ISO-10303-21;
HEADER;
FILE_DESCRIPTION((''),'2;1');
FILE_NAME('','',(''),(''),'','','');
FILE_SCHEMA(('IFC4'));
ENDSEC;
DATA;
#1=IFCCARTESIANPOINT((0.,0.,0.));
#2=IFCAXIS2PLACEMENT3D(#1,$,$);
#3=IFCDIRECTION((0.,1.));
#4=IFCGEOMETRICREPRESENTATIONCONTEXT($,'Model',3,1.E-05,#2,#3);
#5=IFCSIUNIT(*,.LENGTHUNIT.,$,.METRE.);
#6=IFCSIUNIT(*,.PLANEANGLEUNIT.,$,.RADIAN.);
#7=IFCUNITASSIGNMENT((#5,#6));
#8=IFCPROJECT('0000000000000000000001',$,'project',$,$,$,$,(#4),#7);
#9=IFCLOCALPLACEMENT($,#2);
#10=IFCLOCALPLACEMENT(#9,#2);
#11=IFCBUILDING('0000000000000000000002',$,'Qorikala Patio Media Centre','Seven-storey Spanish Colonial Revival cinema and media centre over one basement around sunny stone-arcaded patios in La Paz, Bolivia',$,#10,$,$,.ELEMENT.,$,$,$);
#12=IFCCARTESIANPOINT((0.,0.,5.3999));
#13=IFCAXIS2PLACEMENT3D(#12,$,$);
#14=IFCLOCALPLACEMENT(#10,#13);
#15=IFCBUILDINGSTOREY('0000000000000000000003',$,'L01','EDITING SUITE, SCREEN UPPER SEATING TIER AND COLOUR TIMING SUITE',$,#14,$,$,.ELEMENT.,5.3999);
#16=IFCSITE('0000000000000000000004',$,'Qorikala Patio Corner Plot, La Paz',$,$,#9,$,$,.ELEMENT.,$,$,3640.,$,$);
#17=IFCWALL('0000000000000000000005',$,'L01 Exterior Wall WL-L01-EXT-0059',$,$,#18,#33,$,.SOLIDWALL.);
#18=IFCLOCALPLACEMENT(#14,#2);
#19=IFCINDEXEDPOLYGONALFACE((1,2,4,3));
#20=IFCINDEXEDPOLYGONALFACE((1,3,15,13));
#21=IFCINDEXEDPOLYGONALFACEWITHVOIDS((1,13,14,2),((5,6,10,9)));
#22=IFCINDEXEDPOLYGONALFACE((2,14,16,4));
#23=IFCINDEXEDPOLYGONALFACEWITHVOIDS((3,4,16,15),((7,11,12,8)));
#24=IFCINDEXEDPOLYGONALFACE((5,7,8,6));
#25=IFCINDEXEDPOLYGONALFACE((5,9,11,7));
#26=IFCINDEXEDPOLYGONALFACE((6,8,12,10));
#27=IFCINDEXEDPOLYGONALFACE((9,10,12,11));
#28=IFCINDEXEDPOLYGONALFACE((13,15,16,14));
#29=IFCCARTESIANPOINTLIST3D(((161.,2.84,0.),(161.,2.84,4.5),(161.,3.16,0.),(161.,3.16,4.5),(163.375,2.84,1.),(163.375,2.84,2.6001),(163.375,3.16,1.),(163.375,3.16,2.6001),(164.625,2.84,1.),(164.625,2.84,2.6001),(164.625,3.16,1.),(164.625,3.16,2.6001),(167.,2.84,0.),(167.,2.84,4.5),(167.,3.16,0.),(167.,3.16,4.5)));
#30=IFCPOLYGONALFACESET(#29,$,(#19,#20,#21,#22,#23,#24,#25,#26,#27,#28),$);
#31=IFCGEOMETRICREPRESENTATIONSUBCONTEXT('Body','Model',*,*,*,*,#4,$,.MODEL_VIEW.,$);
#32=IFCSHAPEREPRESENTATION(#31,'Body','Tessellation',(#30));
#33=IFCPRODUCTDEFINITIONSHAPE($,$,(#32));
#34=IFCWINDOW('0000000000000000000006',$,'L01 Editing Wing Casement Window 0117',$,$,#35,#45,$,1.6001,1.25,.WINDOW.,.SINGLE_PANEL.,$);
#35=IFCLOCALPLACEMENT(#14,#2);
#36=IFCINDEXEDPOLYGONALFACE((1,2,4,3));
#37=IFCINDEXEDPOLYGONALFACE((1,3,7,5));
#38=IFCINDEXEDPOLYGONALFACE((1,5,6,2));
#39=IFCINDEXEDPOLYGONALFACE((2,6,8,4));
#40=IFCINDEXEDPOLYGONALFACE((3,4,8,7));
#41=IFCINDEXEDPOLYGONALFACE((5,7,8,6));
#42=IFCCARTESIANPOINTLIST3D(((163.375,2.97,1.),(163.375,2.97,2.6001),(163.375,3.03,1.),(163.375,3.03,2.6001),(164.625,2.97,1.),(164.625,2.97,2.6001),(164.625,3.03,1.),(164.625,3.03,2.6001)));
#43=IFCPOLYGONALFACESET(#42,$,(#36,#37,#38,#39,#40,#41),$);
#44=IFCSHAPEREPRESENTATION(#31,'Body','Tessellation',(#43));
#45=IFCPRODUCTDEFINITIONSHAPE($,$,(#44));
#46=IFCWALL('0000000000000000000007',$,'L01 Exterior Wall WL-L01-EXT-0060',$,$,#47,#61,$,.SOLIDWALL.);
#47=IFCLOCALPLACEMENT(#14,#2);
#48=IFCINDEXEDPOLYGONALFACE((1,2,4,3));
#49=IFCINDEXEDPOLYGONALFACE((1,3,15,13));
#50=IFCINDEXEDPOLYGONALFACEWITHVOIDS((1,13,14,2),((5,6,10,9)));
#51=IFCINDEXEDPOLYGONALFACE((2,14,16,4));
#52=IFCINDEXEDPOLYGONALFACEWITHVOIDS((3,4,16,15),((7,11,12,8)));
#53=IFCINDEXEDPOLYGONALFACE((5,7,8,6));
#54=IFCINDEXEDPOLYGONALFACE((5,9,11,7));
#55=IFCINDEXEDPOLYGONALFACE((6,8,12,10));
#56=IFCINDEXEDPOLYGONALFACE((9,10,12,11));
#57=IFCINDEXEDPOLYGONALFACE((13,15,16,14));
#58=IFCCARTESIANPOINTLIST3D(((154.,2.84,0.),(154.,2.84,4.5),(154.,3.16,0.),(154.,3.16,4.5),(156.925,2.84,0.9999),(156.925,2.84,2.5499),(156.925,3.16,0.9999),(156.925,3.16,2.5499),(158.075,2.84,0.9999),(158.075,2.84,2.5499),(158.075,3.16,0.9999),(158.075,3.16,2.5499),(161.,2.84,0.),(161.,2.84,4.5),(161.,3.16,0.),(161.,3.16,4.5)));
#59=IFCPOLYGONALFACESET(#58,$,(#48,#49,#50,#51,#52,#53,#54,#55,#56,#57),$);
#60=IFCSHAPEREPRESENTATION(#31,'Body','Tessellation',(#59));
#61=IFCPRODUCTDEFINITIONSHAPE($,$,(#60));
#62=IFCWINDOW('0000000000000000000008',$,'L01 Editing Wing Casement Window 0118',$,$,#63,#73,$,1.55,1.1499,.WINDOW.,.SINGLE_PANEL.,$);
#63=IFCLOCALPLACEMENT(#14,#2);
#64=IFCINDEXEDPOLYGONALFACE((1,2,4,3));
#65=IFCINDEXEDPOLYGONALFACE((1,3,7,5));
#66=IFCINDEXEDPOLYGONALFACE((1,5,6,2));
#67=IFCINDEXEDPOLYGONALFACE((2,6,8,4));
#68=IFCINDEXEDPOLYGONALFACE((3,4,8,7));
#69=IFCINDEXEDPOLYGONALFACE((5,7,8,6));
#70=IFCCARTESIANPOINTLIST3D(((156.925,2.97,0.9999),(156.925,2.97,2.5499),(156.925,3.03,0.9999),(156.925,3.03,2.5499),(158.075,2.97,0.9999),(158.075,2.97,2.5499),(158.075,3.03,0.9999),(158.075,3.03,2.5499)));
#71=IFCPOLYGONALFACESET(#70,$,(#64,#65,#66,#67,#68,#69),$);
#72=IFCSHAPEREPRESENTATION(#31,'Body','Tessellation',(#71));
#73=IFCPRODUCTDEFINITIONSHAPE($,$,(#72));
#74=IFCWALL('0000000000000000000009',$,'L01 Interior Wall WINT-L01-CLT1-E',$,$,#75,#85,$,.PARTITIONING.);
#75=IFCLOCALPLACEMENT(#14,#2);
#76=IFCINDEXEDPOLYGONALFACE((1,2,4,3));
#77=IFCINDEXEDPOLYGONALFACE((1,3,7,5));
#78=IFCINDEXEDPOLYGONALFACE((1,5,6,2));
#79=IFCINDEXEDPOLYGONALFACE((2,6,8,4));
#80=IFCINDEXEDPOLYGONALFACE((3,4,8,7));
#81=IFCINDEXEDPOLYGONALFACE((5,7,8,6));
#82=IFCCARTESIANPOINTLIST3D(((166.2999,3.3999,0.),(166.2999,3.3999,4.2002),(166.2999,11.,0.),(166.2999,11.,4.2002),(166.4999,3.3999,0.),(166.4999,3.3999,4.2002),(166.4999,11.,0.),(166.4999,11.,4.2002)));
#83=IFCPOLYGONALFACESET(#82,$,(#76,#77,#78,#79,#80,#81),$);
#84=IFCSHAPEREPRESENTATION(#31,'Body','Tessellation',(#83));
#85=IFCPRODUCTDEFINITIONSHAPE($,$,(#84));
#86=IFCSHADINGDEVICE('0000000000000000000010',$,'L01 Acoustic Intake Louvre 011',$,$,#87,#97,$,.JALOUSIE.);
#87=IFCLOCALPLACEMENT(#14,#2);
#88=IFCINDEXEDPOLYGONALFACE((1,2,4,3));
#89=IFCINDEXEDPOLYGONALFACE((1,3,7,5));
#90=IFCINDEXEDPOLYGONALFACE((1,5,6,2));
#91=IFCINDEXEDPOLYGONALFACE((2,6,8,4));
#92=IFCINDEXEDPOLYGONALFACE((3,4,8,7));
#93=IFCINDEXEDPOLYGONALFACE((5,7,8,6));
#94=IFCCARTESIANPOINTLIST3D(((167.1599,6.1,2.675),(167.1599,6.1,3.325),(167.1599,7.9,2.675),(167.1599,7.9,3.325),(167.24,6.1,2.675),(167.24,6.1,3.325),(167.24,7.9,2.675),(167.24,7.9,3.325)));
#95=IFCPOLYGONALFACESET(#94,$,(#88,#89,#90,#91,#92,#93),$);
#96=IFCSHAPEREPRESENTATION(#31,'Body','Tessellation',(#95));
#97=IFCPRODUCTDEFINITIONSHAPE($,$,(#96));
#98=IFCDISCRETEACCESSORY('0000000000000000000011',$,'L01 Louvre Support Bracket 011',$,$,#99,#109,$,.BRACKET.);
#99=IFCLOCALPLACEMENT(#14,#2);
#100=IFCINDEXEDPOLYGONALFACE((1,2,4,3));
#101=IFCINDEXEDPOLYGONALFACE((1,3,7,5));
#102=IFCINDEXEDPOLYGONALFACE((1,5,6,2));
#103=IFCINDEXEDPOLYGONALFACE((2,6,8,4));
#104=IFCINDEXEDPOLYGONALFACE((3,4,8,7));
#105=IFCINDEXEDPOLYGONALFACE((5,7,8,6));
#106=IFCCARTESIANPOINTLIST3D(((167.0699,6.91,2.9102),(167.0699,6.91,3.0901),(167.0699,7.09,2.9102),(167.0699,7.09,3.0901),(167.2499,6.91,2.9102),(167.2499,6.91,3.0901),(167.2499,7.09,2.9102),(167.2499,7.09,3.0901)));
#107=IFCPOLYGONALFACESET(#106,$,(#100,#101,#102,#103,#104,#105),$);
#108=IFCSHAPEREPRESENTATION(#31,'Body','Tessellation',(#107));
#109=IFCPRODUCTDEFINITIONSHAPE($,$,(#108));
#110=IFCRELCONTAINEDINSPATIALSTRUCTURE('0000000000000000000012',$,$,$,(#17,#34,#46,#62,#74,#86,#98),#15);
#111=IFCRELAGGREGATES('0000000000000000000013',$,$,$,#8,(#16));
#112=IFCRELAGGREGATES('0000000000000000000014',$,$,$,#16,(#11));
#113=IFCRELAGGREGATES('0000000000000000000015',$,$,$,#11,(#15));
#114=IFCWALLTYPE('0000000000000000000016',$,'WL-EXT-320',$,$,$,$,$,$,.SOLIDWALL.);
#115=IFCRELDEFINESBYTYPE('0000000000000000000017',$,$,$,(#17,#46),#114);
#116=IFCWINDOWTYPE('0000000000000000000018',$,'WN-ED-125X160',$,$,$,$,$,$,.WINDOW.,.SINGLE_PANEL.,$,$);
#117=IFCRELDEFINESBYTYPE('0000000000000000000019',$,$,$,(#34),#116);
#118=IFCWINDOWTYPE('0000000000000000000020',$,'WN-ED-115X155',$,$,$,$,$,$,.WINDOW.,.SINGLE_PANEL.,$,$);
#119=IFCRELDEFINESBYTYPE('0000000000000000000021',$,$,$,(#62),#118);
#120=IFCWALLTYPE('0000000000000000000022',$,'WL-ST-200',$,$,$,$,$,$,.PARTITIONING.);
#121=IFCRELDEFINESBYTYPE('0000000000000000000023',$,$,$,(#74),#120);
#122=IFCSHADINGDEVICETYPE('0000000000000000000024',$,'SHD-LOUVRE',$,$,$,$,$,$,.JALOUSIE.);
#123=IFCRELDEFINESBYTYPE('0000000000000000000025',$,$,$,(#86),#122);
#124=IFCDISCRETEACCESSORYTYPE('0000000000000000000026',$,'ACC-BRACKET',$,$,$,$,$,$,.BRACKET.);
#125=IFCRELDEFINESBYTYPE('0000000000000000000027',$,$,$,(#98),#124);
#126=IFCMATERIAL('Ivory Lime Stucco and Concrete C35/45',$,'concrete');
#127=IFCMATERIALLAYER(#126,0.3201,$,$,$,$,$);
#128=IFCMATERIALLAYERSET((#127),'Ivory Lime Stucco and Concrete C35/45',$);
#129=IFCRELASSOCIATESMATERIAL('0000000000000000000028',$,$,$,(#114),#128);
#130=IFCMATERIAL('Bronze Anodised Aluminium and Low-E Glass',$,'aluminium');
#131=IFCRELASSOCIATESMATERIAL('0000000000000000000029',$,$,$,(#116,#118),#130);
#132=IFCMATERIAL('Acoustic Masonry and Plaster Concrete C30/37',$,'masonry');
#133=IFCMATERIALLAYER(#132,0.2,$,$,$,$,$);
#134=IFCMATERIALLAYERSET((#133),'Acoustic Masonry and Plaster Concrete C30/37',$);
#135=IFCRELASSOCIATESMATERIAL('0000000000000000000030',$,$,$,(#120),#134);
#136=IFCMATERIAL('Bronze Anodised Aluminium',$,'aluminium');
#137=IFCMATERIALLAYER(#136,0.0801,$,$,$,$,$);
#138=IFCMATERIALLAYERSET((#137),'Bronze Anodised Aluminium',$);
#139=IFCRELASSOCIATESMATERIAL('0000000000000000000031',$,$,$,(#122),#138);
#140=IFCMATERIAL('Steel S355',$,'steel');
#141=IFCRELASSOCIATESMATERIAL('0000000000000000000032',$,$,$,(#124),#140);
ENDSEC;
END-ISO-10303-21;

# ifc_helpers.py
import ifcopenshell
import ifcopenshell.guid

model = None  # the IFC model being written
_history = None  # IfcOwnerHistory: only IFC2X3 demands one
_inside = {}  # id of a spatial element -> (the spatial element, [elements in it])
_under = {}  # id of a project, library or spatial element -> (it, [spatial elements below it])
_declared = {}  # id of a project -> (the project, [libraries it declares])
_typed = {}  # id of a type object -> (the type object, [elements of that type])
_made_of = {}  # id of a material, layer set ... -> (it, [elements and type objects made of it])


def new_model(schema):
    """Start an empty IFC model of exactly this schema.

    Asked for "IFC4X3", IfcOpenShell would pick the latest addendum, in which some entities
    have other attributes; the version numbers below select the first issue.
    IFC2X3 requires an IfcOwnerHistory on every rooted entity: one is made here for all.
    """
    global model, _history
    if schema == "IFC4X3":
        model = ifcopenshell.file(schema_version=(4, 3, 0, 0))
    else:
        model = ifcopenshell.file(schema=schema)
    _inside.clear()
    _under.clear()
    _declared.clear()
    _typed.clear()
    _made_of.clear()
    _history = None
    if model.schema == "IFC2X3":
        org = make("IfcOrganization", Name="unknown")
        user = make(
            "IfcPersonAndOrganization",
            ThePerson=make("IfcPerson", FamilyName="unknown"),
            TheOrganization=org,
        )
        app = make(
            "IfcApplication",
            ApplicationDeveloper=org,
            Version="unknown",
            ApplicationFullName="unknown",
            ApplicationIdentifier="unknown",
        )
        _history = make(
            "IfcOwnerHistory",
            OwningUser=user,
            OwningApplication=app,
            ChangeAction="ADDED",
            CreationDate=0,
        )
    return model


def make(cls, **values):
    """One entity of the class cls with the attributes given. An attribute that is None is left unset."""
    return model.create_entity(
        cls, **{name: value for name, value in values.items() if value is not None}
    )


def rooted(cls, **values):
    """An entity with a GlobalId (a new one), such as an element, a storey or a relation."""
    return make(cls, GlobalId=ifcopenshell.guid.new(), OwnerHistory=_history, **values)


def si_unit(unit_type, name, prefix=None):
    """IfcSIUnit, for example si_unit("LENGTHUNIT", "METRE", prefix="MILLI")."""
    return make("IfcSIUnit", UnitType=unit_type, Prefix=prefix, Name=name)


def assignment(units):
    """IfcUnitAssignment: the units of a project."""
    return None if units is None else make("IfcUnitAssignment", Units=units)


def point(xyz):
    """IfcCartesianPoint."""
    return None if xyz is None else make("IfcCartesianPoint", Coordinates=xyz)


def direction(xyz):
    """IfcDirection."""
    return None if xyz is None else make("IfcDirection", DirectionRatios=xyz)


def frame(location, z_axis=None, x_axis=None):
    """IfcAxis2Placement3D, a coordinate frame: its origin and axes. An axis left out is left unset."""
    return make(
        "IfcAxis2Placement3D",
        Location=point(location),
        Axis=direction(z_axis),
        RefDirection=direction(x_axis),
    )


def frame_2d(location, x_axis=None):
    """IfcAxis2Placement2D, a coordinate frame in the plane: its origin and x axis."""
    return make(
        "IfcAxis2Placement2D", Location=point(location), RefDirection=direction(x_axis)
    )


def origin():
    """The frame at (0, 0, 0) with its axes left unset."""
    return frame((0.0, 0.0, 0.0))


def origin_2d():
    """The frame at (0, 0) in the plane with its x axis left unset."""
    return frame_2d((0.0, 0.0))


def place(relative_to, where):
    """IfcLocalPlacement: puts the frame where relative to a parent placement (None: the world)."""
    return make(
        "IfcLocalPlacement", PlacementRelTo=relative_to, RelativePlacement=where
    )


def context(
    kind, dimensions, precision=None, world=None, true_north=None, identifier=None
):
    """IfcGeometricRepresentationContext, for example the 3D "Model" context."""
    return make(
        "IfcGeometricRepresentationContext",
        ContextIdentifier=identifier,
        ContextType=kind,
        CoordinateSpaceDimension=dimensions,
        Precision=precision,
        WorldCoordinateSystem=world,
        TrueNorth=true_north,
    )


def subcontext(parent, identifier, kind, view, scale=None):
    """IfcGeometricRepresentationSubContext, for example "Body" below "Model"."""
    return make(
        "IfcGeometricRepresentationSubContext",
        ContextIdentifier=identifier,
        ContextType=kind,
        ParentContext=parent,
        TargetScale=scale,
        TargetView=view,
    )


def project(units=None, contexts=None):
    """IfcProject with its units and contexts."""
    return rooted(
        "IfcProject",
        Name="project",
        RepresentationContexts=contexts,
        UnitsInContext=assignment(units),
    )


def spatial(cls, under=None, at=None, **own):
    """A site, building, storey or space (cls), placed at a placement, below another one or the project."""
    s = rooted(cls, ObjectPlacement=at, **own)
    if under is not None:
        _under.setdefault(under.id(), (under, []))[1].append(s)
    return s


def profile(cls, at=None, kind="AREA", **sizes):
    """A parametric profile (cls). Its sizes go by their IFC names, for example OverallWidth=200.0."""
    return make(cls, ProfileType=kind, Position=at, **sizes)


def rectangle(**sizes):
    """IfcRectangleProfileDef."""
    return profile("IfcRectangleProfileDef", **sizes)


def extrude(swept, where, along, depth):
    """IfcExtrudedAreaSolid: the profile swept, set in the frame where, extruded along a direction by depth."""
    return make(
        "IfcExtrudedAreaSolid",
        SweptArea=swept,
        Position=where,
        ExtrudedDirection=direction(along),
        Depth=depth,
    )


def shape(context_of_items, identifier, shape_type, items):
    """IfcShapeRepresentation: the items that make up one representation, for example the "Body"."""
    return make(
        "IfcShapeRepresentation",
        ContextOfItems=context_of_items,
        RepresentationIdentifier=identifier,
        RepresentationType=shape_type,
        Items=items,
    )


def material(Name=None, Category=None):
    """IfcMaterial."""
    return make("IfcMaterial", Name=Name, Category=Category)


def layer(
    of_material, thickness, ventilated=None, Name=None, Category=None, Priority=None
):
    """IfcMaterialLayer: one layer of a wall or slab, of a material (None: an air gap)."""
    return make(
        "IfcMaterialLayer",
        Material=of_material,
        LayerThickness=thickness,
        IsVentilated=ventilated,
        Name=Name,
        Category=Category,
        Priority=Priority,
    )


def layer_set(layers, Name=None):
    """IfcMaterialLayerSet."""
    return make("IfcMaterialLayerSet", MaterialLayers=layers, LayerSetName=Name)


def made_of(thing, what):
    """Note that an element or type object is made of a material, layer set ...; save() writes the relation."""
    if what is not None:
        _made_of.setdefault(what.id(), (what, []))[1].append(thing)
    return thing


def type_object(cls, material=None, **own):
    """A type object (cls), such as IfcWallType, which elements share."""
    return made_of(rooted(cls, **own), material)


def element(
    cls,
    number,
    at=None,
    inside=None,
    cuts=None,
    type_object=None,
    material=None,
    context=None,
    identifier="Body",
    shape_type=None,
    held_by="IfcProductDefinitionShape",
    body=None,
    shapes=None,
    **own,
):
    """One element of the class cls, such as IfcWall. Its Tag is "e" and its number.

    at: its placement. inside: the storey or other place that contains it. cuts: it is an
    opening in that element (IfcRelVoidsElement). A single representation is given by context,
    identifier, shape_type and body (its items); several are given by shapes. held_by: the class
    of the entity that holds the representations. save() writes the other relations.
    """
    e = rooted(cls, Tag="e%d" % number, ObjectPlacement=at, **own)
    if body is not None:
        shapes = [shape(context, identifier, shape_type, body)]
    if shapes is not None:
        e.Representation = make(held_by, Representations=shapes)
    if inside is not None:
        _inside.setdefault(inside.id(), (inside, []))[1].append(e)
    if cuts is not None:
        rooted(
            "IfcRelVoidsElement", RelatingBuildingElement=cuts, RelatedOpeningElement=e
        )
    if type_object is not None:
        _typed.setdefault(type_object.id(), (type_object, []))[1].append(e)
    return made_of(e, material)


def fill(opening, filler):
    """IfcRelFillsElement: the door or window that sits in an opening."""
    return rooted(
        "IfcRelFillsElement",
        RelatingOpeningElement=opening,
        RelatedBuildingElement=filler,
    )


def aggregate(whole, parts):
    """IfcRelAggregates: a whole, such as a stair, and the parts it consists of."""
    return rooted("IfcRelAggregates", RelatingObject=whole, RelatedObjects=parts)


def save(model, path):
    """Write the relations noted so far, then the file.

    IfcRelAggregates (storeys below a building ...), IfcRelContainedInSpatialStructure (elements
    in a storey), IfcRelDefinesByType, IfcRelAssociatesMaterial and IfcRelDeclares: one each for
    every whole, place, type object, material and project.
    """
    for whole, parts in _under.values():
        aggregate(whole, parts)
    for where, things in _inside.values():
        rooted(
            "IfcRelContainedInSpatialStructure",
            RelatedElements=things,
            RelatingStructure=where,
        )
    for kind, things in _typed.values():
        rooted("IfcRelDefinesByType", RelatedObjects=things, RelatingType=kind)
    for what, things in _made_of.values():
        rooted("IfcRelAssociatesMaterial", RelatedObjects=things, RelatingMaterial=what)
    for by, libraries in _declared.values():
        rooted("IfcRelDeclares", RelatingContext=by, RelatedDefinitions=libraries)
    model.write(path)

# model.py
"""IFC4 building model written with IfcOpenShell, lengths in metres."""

from ifc_helpers import new_model, si_unit, direction, frame, frame_2d, origin, origin_2d, place, context, subcontext, project, spatial, rectangle, extrude, material, layer, layer_set, type_object, element, fill, save


model = new_model("IFC4")

# Units and contexts
model_context = context("Model", 3, precision=1e-05, world=origin(), true_north=direction((0.0, 1.0)))
body_context = subcontext(model_context, "Body", "Model", "MODEL_VIEW")
ifc_project = project(units=[si_unit("LENGTHUNIT", "METRE"), si_unit("PLANEANGLEUNIT", "RADIAN")], contexts=[model_context])

# Site, building, storey
site_placement = place(None, origin())
site = spatial("IfcSite", under=ifc_project, at=site_placement, Name="Qorikala Patio Corner Plot, La Paz", CompositionType="ELEMENT", RefElevation=3640.0)
building_placement = place(site_placement, origin())
building = spatial("IfcBuilding", under=site, at=building_placement, Name="Qorikala Patio Media Centre", Description="Seven-storey Spanish Colonial Revival cinema and media centre over one basement around sunny stone-arcaded patios in La Paz, Bolivia", CompositionType="ELEMENT")
storey_placement = place(building_placement, frame((0.0, 0.0, 5.3999)))
storey = spatial("IfcBuildingStorey", under=building, at=storey_placement, Name="L01", Description="EDITING SUITE, SCREEN UPPER SEATING TIER AND COLOUR TIMING SUITE", CompositionType="ELEMENT", Elevation=5.3999)

# Shared definitions
ifc_material_1 = material(Name="Ivory Lime Stucco and Concrete C35/45", Category="concrete")
ifc_layer_1 = layer(ifc_material_1, 0.3201)
ifc_layer_set_1 = layer_set([ifc_layer_1], Name="Ivory Lime Stucco and Concrete C35/45")
wall_type_1 = type_object("IfcWallType", Name="WL-EXT-320", PredefinedType="SOLIDWALL", material=ifc_layer_set_1)
ifc_material_2 = material(Name="Bronze Anodised Aluminium and Low-E Glass", Category="aluminium")

# Walls, openings, windows
wall_1_placement = place(storey_placement, frame((167.0, 3.0, 0.0), z_axis=(0.0, 0.0, 1.0), x_axis=(-1.0, 0.0, 0.0)))
wall_1 = element("IfcWall", 1, at=wall_1_placement, inside=storey, type_object=wall_type_1, Name="L01 Exterior Wall WL-L01-EXT-0059", PredefinedType="SOLIDWALL", context=body_context, shape_type="SweptSolid", body=[
    extrude(rectangle(XDim=6.0, YDim=0.3201, at=frame_2d((3.0, 0.0))), origin(), (0.0, 0.0, 1.0), 4.5),
])
opening_1_placement = place(wall_1_placement, frame((2.375, 0.0, 1.0)))
opening_1 = element("IfcOpeningElement", 2, at=opening_1_placement, cuts=wall_1, PredefinedType="OPENING", context=body_context, shape_type="SweptSolid", body=[
    extrude(rectangle(XDim=1.25, YDim=1.6001, at=frame_2d((0.625, 0.8))), frame((0.0, 0.1699, 0.0), z_axis=(0.0, -1.0, 0.0), x_axis=(1.0, 0.0, 0.0)), (0.0, 0.0, 1.0), 0.3401),
])
window_type_1 = type_object("IfcWindowType", Name="WN-ED-125X160", PartitioningType="SINGLE_PANEL", PredefinedType="WINDOW", material=ifc_material_2)
window_1_placement = place(opening_1_placement, origin())
window_1 = element("IfcWindow", 3, at=window_1_placement, inside=storey, type_object=window_type_1, Name="L01 Editing Wing Casement Window 0117", OverallHeight=1.6001, OverallWidth=1.25, PartitioningType="SINGLE_PANEL", PredefinedType="WINDOW", context=body_context, shape_type="SweptSolid", body=[
    extrude(rectangle(XDim=1.25, YDim=1.6001, at=frame_2d((0.625, 0.8))), frame((0.0, 0.03, 0.0), z_axis=(0.0, -1.0, 0.0), x_axis=(1.0, 0.0, 0.0)), (0.0, 0.0, 1.0), 0.0601),
])
fill(opening_1, window_1)
wall_2_placement = place(storey_placement, frame((161.0, 3.0, 0.0), z_axis=(0.0, 0.0, 1.0), x_axis=(-1.0, 0.0, 0.0)))
wall_2 = element("IfcWall", 4, at=wall_2_placement, inside=storey, type_object=wall_type_1, Name="L01 Exterior Wall WL-L01-EXT-0060", PredefinedType="SOLIDWALL", context=body_context, shape_type="SweptSolid", body=[
    extrude(rectangle(XDim=7.0, YDim=0.3201, at=frame_2d((3.5, 0.0))), origin(), (0.0, 0.0, 1.0), 4.5),
])
opening_2_placement = place(wall_2_placement, frame((2.925, 0.0, 1.0)))
opening_2 = element("IfcOpeningElement", 5, at=opening_2_placement, cuts=wall_2, PredefinedType="OPENING", context=body_context, shape_type="SweptSolid", body=[
    extrude(rectangle(XDim=1.1499, YDim=1.55, at=frame_2d((0.575, 0.7749))), frame((0.0, 0.1699, 0.0), z_axis=(0.0, -1.0, 0.0), x_axis=(1.0, 0.0, 0.0)), (0.0, 0.0, 1.0), 0.3401),
])
window_type_2 = type_object("IfcWindowType", Name="WN-ED-115X155", PartitioningType="SINGLE_PANEL", PredefinedType="WINDOW", material=ifc_material_2)
window_2_placement = place(opening_2_placement, origin())
window_2 = element("IfcWindow", 6, at=window_2_placement, inside=storey, type_object=window_type_2, Name="L01 Editing Wing Casement Window 0118", OverallHeight=1.55, OverallWidth=1.1499, PartitioningType="SINGLE_PANEL", PredefinedType="WINDOW", context=body_context, shape_type="SweptSolid", body=[
    extrude(rectangle(XDim=1.1499, YDim=1.55, at=frame_2d((0.575, 0.7749))), frame((0.0, 0.03, 0.0), z_axis=(0.0, -1.0, 0.0), x_axis=(1.0, 0.0, 0.0)), (0.0, 0.0, 1.0), 0.0601),
])
fill(opening_2, window_2)

# Wall
ifc_material_3 = material(Name="Acoustic Masonry and Plaster Concrete C30/37", Category="masonry")
ifc_layer_2 = layer(ifc_material_3, 0.2)
ifc_layer_set_2 = layer_set([ifc_layer_2], Name="Acoustic Masonry and Plaster Concrete C30/37")
wall_type_2 = type_object("IfcWallType", Name="WL-ST-200", PredefinedType="PARTITIONING", material=ifc_layer_set_2)
wall_3_placement = place(storey_placement, frame((166.3999, 3.3999, 0.0), z_axis=(0.0, 0.0, 1.0), x_axis=(0.0, 1.0, 0.0)))
element("IfcWall", 7, at=wall_3_placement, inside=storey, type_object=wall_type_2, Name="L01 Interior Wall WINT-L01-CLT1-E", PredefinedType="PARTITIONING", context=body_context, shape_type="SweptSolid", body=[
    extrude(rectangle(XDim=7.6001, YDim=0.2, at=frame_2d((3.8, 0.0))), origin(), (0.0, 0.0, 1.0), 4.2002),
])

# Shading device
ifc_material_4 = material(Name="Bronze Anodised Aluminium", Category="aluminium")
ifc_layer_3 = layer(ifc_material_4, 0.0801)
ifc_layer_set_3 = layer_set([ifc_layer_3], Name="Bronze Anodised Aluminium")
shading_device_type = type_object("IfcShadingDeviceType", Name="SHD-LOUVRE", PredefinedType="JALOUSIE", material=ifc_layer_set_3)
shading_device_placement = place(storey_placement, frame((167.2, 7.0, 2.675), z_axis=(0.0, 0.0, 1.0), x_axis=(0.0, -1.0, 0.0)))
element("IfcShadingDevice", 8, at=shading_device_placement, inside=storey, type_object=shading_device_type, Name="L01 Acoustic Intake Louvre 011", PredefinedType="JALOUSIE", context=body_context, shape_type="SweptSolid", body=[
    extrude(rectangle(XDim=1.8, YDim=0.0801, at=origin_2d()), origin(), (0.0, 0.0, 1.0), 0.6499),
])

# Discrete accessory
ifc_material_5 = material(Name="Steel S355", Category="steel")
discrete_accessory_type = type_object("IfcDiscreteAccessoryType", Name="ACC-BRACKET", PredefinedType="BRACKET", material=ifc_material_5)
discrete_accessory_placement = place(storey_placement, frame((167.1599, 7.0, 2.9102), z_axis=(0.0, 0.0, 1.0), x_axis=(0.0, -1.0, 0.0)))
element("IfcDiscreteAccessory", 9, at=discrete_accessory_placement, inside=storey, type_object=discrete_accessory_type, Name="L01 Louvre Support Bracket 011", PredefinedType="BRACKET", context=body_context, shape_type="SweptSolid", body=[
    extrude(rectangle(XDim=0.1799, YDim=0.1799, at=origin_2d()), origin(), (0.0, 0.0, 1.0), 0.1799),
])

save(model, "model.ifc")
